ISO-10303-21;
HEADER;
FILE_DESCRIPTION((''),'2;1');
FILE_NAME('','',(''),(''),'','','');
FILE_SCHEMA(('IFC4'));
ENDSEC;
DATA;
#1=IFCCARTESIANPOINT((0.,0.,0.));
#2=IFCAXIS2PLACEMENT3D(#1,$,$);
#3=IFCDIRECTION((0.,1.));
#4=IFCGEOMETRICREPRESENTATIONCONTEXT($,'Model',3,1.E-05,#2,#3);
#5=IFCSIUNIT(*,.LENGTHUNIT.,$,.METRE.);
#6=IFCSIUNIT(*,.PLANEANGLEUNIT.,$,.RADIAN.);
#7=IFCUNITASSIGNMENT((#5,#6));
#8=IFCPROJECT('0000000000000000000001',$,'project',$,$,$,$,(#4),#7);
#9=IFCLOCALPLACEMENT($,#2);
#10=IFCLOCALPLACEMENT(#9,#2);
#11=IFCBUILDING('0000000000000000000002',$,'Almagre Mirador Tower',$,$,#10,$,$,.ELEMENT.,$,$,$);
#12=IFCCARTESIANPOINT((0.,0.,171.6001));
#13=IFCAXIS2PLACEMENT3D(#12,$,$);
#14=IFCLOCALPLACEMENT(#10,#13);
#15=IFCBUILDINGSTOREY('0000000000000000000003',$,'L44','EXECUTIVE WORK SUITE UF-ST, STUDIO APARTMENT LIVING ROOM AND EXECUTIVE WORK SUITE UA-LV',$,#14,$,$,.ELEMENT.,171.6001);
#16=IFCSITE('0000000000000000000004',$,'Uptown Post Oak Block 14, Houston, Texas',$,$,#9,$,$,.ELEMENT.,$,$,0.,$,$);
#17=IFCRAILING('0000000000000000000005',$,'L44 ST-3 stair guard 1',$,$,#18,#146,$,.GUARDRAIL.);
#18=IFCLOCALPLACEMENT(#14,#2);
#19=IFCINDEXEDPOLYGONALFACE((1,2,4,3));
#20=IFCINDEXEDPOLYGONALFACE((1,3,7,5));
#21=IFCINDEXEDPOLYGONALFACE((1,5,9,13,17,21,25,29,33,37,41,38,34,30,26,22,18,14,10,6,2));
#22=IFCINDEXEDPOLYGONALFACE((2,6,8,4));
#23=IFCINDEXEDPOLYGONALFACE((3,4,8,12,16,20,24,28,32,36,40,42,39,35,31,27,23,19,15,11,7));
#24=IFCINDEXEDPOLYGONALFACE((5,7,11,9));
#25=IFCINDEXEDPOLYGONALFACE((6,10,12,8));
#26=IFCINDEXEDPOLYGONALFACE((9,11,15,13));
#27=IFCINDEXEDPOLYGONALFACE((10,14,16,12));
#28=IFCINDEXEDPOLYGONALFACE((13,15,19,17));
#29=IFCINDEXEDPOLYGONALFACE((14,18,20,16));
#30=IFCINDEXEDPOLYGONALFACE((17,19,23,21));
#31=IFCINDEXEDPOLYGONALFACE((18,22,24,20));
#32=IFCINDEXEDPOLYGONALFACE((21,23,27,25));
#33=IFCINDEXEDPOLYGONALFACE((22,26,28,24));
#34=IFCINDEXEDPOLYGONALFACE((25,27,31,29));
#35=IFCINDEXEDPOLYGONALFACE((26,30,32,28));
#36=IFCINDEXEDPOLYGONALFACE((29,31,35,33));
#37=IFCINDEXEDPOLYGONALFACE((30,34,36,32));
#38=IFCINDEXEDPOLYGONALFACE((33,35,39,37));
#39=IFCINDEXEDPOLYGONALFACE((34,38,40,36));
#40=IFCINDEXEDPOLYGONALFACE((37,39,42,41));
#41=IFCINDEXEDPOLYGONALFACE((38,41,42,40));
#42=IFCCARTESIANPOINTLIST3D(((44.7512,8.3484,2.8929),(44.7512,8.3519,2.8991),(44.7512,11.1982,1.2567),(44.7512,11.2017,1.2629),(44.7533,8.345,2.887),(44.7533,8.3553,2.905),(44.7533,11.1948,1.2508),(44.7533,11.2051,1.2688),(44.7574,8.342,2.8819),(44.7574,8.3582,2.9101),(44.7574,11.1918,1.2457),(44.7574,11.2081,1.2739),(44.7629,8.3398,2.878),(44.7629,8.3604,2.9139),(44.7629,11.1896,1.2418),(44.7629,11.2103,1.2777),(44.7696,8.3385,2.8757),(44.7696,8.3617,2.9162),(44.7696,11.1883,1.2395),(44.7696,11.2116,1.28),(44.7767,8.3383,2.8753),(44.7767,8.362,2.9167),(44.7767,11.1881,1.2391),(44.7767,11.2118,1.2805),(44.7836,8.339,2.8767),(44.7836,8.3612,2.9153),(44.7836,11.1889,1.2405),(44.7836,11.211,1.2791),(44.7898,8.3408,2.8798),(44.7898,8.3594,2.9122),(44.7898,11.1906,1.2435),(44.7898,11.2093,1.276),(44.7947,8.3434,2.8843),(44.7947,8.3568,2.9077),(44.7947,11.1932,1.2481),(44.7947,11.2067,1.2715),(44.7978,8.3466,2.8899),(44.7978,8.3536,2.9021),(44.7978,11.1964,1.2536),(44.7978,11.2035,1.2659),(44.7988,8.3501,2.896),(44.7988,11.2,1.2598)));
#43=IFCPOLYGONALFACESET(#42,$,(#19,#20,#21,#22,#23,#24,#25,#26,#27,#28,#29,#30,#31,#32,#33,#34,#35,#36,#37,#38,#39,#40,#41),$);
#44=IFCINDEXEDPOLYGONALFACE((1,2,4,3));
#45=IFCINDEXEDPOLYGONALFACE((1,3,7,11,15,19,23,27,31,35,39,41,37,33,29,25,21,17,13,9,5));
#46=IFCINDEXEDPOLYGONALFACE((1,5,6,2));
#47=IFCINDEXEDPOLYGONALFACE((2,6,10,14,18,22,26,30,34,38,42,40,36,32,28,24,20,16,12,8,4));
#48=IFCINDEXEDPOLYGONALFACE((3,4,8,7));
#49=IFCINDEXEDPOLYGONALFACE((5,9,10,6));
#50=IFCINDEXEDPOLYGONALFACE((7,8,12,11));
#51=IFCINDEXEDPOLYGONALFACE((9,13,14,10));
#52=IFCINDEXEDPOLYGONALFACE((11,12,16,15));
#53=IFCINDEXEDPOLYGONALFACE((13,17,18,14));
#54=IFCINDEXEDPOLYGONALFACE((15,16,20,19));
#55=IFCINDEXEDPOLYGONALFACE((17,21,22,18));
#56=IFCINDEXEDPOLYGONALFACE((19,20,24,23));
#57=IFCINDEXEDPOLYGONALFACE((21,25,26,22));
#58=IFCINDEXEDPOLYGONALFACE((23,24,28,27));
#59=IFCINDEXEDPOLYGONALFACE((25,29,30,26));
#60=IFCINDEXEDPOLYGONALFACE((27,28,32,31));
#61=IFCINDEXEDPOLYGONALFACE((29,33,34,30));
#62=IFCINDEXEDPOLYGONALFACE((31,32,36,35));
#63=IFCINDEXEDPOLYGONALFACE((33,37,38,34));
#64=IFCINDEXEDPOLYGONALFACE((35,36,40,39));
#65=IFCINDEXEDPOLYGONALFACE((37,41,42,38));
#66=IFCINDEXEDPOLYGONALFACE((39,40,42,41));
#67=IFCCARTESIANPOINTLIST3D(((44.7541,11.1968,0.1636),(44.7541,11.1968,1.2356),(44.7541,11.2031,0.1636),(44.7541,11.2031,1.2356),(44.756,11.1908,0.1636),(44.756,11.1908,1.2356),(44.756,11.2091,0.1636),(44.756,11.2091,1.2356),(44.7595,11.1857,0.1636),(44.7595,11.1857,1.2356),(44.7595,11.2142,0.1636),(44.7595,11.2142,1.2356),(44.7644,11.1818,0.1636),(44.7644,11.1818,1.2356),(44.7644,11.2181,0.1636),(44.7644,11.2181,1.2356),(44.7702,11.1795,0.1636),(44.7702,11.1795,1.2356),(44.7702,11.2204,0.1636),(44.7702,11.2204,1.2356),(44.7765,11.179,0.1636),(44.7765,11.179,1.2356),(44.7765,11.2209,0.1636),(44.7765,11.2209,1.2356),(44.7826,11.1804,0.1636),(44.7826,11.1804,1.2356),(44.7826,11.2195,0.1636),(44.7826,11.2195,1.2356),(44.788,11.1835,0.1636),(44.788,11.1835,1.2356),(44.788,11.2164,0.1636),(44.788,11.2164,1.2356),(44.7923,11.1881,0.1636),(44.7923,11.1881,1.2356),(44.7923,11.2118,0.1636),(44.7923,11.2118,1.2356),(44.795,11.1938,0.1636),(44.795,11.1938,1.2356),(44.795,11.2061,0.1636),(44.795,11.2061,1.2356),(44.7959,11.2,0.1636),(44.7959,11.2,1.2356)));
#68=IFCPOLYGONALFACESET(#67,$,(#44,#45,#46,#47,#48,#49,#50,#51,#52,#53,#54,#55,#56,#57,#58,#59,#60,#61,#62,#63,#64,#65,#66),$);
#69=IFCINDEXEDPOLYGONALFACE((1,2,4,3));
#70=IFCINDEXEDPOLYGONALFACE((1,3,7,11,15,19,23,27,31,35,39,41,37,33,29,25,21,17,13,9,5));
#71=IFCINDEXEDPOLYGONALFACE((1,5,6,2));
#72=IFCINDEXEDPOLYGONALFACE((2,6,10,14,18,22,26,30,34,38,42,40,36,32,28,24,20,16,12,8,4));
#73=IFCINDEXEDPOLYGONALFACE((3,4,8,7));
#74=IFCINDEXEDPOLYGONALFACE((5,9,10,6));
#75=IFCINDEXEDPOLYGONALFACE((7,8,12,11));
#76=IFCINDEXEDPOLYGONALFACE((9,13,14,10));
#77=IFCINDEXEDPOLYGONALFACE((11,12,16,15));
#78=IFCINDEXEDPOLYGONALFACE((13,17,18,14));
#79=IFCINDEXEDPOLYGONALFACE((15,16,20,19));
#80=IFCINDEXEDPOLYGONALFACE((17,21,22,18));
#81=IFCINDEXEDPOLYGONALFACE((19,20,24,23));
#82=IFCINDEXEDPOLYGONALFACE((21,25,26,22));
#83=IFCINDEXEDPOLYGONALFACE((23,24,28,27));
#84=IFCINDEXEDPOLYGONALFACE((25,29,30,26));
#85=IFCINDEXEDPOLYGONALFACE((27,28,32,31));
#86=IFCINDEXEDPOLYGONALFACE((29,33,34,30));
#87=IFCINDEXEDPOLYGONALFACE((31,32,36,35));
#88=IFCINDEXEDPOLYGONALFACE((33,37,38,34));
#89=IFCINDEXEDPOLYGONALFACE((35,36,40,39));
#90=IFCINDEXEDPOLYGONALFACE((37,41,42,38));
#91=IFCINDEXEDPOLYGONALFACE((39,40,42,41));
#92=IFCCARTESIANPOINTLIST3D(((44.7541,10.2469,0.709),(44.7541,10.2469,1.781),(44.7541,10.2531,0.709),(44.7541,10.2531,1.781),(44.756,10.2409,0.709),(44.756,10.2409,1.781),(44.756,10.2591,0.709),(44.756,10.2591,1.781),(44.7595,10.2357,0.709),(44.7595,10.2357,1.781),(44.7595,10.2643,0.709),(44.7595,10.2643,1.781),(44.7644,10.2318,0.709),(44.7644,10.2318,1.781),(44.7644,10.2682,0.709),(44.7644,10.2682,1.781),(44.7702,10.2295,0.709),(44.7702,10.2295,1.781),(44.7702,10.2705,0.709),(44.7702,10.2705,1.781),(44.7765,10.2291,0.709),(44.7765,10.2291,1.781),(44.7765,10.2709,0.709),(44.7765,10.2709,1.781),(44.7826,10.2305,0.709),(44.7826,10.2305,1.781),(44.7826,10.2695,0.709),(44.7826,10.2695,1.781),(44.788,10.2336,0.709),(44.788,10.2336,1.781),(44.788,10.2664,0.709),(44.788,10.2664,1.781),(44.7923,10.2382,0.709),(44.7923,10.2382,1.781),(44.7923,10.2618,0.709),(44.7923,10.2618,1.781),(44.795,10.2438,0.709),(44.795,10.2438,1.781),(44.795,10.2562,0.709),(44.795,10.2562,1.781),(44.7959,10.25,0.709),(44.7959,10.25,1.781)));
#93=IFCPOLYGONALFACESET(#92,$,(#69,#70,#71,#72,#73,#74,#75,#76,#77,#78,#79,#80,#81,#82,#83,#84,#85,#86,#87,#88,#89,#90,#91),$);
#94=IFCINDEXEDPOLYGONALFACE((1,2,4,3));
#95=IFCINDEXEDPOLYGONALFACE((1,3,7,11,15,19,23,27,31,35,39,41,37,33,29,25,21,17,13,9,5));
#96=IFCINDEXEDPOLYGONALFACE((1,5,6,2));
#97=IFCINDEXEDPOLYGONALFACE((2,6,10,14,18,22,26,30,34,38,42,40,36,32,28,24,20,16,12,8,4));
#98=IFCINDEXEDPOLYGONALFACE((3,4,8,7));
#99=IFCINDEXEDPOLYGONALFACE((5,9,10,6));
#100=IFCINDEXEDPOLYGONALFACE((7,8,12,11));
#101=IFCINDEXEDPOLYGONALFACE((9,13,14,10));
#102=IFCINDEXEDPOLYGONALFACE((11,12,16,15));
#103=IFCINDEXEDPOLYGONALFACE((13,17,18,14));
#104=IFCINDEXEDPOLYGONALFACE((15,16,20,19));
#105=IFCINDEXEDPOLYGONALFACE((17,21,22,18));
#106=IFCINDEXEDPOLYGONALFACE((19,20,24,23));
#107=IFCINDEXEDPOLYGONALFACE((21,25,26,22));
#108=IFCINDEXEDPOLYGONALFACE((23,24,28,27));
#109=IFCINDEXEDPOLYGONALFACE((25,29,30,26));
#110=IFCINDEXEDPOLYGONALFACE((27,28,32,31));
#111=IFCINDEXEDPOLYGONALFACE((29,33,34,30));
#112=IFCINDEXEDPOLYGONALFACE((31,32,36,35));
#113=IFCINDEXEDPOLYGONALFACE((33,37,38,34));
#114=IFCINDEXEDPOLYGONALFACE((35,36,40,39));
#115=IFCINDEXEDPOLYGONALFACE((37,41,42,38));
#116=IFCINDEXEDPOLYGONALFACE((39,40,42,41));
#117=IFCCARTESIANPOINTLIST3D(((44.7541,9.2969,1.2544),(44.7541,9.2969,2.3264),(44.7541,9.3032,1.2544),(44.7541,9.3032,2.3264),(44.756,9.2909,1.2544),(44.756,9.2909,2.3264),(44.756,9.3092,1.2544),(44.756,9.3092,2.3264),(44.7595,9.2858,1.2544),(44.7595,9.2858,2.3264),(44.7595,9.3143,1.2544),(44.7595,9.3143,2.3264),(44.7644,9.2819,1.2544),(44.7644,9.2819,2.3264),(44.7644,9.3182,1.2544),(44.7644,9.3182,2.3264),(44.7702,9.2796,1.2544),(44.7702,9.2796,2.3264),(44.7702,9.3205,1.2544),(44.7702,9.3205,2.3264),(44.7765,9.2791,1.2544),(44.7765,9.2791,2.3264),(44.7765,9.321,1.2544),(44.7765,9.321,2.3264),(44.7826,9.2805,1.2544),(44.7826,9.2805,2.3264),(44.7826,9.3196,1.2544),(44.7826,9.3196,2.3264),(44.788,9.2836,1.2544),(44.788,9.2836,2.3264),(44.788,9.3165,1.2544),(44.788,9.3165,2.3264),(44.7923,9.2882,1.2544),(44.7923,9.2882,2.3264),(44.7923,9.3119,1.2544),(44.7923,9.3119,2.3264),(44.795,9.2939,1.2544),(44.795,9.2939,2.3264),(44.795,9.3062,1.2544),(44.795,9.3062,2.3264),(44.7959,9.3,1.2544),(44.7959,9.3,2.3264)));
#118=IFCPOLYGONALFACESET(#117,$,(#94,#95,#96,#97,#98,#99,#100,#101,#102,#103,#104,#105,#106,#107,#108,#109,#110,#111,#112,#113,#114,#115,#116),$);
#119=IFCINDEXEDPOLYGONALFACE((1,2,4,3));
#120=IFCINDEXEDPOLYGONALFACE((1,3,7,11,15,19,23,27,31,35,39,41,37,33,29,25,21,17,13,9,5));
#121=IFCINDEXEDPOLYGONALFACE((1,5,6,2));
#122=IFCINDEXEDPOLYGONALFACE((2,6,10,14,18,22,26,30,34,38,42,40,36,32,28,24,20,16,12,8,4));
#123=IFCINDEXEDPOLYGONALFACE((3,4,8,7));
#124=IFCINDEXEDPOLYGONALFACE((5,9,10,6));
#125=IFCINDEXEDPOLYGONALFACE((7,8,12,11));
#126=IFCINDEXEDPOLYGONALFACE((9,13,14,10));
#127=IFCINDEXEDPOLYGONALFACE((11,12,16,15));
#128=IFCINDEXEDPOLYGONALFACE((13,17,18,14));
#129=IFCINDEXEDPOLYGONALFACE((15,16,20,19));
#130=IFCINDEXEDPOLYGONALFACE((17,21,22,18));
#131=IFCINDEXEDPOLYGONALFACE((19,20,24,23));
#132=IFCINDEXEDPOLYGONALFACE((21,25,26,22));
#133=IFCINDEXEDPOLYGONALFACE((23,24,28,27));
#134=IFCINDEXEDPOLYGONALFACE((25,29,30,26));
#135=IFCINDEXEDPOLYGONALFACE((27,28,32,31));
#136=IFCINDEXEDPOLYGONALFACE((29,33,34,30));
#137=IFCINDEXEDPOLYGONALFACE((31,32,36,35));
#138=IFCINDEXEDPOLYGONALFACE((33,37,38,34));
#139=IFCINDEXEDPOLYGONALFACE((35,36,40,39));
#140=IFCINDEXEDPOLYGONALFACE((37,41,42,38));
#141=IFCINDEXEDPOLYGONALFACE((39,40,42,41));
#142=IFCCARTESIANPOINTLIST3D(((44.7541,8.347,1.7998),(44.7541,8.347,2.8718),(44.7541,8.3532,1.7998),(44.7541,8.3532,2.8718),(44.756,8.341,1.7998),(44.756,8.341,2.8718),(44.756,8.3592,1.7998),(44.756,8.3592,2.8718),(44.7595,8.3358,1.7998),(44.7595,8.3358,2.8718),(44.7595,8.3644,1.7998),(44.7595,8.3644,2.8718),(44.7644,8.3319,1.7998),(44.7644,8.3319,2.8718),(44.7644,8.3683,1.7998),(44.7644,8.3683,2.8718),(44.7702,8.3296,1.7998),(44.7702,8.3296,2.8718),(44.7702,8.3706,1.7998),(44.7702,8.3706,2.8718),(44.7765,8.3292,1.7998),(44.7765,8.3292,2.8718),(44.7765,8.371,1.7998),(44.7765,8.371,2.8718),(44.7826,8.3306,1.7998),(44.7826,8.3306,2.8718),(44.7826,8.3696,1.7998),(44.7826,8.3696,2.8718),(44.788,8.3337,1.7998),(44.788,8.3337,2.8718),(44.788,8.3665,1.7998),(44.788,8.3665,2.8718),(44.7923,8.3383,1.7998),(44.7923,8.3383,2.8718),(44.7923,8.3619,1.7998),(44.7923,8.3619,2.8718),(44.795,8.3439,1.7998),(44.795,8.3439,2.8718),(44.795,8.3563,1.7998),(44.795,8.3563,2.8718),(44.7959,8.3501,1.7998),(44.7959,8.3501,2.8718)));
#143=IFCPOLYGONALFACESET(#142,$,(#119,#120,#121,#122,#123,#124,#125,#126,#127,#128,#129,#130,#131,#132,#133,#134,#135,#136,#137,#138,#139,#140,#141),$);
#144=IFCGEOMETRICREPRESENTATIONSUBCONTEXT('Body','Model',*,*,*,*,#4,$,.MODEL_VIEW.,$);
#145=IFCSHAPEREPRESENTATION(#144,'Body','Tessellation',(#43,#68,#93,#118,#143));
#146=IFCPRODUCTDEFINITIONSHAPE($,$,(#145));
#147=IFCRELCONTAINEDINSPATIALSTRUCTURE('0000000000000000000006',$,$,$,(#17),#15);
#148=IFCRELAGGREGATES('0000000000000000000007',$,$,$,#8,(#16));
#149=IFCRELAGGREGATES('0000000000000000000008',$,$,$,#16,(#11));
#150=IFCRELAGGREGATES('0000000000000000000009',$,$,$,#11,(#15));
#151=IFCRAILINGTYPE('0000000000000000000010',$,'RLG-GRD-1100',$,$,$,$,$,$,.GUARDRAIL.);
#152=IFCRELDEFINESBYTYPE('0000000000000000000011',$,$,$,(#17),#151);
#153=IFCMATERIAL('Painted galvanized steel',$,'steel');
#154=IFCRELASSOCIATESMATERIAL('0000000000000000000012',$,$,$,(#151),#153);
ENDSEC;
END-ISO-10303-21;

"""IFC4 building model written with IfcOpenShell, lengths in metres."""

from ifc_helpers import new_model, si_unit, direction, frame, origin, origin_2d, place, context, subcontext, project, spatial, circle, extrude, material, type_object, element, save


model = new_model("IFC4")

# Units and contexts
model_context = context("Model", 3, precision=1e-05, world=origin(), true_north=direction((0.0, 1.0)))
body_context = subcontext(model_context, "Body", "Model", "MODEL_VIEW")
ifc_project = project(units=[si_unit("LENGTHUNIT", "METRE"), si_unit("PLANEANGLEUNIT", "RADIAN")], contexts=[model_context])

# Site, building, storey
site_placement = place(None, origin())
site = spatial("IfcSite", under=ifc_project, at=site_placement, Name="Uptown Post Oak Block 14, Houston, Texas", CompositionType="ELEMENT", RefElevation=0.0)
building_placement = place(site_placement, origin())
building = spatial("IfcBuilding", under=site, at=building_placement, Name="Almagre Mirador Tower", CompositionType="ELEMENT")
storey_placement = place(building_placement, frame((0.0, 0.0, 171.6001)))
storey = spatial("IfcBuildingStorey", under=building, at=storey_placement, Name="L44", Description="EXECUTIVE WORK SUITE UF-ST, STUDIO APARTMENT LIVING ROOM AND EXECUTIVE WORK SUITE UA-LV", CompositionType="ELEMENT", Elevation=171.6001)

# Railing
ifc_material_1 = material(Name="Painted galvanized steel", Category="steel")
railing_type_1 = type_object("IfcRailingType", Name="RLG-GRD-1100", PredefinedType="GUARDRAIL", material=ifc_material_1)
railing_1_placement = place(storey_placement, frame((44.7749, 11.2, 0.1636)))
element("IfcRailing", 1, at=railing_1_placement, inside=storey, type_object=railing_type_1, Name="L44 ST-3 stair guard 1", PredefinedType="GUARDRAIL", context=body_context, shape_type="SweptSolid", body=[
    extrude(circle(Radius=0.0239, at=origin_2d()), frame((0.0, 0.0, 1.0962), z_axis=(0.0, -0.867226, 0.497914), x_axis=(1.0, 0.0, 0.0)), (0.0, 0.0, 1.0), 3.2861),
    extrude(circle(Radius=0.021, at=origin_2d()), origin(), (0.0, 0.0, 1.0), 1.072),
    extrude(circle(Radius=0.021, at=origin_2d()), frame((0.0, -0.95, 0.5454)), (0.0, 0.0, 1.0), 1.072),
    extrude(circle(Radius=0.021, at=origin_2d()), frame((0.0, -1.8999, 1.0908)), (0.0, 0.0, 1.0), 1.072),
    extrude(circle(Radius=0.021, at=origin_2d()), frame((0.0, -2.8499, 1.6362)), (0.0, 0.0, 1.0), 1.072),
])

save(model, "model.ifc")
